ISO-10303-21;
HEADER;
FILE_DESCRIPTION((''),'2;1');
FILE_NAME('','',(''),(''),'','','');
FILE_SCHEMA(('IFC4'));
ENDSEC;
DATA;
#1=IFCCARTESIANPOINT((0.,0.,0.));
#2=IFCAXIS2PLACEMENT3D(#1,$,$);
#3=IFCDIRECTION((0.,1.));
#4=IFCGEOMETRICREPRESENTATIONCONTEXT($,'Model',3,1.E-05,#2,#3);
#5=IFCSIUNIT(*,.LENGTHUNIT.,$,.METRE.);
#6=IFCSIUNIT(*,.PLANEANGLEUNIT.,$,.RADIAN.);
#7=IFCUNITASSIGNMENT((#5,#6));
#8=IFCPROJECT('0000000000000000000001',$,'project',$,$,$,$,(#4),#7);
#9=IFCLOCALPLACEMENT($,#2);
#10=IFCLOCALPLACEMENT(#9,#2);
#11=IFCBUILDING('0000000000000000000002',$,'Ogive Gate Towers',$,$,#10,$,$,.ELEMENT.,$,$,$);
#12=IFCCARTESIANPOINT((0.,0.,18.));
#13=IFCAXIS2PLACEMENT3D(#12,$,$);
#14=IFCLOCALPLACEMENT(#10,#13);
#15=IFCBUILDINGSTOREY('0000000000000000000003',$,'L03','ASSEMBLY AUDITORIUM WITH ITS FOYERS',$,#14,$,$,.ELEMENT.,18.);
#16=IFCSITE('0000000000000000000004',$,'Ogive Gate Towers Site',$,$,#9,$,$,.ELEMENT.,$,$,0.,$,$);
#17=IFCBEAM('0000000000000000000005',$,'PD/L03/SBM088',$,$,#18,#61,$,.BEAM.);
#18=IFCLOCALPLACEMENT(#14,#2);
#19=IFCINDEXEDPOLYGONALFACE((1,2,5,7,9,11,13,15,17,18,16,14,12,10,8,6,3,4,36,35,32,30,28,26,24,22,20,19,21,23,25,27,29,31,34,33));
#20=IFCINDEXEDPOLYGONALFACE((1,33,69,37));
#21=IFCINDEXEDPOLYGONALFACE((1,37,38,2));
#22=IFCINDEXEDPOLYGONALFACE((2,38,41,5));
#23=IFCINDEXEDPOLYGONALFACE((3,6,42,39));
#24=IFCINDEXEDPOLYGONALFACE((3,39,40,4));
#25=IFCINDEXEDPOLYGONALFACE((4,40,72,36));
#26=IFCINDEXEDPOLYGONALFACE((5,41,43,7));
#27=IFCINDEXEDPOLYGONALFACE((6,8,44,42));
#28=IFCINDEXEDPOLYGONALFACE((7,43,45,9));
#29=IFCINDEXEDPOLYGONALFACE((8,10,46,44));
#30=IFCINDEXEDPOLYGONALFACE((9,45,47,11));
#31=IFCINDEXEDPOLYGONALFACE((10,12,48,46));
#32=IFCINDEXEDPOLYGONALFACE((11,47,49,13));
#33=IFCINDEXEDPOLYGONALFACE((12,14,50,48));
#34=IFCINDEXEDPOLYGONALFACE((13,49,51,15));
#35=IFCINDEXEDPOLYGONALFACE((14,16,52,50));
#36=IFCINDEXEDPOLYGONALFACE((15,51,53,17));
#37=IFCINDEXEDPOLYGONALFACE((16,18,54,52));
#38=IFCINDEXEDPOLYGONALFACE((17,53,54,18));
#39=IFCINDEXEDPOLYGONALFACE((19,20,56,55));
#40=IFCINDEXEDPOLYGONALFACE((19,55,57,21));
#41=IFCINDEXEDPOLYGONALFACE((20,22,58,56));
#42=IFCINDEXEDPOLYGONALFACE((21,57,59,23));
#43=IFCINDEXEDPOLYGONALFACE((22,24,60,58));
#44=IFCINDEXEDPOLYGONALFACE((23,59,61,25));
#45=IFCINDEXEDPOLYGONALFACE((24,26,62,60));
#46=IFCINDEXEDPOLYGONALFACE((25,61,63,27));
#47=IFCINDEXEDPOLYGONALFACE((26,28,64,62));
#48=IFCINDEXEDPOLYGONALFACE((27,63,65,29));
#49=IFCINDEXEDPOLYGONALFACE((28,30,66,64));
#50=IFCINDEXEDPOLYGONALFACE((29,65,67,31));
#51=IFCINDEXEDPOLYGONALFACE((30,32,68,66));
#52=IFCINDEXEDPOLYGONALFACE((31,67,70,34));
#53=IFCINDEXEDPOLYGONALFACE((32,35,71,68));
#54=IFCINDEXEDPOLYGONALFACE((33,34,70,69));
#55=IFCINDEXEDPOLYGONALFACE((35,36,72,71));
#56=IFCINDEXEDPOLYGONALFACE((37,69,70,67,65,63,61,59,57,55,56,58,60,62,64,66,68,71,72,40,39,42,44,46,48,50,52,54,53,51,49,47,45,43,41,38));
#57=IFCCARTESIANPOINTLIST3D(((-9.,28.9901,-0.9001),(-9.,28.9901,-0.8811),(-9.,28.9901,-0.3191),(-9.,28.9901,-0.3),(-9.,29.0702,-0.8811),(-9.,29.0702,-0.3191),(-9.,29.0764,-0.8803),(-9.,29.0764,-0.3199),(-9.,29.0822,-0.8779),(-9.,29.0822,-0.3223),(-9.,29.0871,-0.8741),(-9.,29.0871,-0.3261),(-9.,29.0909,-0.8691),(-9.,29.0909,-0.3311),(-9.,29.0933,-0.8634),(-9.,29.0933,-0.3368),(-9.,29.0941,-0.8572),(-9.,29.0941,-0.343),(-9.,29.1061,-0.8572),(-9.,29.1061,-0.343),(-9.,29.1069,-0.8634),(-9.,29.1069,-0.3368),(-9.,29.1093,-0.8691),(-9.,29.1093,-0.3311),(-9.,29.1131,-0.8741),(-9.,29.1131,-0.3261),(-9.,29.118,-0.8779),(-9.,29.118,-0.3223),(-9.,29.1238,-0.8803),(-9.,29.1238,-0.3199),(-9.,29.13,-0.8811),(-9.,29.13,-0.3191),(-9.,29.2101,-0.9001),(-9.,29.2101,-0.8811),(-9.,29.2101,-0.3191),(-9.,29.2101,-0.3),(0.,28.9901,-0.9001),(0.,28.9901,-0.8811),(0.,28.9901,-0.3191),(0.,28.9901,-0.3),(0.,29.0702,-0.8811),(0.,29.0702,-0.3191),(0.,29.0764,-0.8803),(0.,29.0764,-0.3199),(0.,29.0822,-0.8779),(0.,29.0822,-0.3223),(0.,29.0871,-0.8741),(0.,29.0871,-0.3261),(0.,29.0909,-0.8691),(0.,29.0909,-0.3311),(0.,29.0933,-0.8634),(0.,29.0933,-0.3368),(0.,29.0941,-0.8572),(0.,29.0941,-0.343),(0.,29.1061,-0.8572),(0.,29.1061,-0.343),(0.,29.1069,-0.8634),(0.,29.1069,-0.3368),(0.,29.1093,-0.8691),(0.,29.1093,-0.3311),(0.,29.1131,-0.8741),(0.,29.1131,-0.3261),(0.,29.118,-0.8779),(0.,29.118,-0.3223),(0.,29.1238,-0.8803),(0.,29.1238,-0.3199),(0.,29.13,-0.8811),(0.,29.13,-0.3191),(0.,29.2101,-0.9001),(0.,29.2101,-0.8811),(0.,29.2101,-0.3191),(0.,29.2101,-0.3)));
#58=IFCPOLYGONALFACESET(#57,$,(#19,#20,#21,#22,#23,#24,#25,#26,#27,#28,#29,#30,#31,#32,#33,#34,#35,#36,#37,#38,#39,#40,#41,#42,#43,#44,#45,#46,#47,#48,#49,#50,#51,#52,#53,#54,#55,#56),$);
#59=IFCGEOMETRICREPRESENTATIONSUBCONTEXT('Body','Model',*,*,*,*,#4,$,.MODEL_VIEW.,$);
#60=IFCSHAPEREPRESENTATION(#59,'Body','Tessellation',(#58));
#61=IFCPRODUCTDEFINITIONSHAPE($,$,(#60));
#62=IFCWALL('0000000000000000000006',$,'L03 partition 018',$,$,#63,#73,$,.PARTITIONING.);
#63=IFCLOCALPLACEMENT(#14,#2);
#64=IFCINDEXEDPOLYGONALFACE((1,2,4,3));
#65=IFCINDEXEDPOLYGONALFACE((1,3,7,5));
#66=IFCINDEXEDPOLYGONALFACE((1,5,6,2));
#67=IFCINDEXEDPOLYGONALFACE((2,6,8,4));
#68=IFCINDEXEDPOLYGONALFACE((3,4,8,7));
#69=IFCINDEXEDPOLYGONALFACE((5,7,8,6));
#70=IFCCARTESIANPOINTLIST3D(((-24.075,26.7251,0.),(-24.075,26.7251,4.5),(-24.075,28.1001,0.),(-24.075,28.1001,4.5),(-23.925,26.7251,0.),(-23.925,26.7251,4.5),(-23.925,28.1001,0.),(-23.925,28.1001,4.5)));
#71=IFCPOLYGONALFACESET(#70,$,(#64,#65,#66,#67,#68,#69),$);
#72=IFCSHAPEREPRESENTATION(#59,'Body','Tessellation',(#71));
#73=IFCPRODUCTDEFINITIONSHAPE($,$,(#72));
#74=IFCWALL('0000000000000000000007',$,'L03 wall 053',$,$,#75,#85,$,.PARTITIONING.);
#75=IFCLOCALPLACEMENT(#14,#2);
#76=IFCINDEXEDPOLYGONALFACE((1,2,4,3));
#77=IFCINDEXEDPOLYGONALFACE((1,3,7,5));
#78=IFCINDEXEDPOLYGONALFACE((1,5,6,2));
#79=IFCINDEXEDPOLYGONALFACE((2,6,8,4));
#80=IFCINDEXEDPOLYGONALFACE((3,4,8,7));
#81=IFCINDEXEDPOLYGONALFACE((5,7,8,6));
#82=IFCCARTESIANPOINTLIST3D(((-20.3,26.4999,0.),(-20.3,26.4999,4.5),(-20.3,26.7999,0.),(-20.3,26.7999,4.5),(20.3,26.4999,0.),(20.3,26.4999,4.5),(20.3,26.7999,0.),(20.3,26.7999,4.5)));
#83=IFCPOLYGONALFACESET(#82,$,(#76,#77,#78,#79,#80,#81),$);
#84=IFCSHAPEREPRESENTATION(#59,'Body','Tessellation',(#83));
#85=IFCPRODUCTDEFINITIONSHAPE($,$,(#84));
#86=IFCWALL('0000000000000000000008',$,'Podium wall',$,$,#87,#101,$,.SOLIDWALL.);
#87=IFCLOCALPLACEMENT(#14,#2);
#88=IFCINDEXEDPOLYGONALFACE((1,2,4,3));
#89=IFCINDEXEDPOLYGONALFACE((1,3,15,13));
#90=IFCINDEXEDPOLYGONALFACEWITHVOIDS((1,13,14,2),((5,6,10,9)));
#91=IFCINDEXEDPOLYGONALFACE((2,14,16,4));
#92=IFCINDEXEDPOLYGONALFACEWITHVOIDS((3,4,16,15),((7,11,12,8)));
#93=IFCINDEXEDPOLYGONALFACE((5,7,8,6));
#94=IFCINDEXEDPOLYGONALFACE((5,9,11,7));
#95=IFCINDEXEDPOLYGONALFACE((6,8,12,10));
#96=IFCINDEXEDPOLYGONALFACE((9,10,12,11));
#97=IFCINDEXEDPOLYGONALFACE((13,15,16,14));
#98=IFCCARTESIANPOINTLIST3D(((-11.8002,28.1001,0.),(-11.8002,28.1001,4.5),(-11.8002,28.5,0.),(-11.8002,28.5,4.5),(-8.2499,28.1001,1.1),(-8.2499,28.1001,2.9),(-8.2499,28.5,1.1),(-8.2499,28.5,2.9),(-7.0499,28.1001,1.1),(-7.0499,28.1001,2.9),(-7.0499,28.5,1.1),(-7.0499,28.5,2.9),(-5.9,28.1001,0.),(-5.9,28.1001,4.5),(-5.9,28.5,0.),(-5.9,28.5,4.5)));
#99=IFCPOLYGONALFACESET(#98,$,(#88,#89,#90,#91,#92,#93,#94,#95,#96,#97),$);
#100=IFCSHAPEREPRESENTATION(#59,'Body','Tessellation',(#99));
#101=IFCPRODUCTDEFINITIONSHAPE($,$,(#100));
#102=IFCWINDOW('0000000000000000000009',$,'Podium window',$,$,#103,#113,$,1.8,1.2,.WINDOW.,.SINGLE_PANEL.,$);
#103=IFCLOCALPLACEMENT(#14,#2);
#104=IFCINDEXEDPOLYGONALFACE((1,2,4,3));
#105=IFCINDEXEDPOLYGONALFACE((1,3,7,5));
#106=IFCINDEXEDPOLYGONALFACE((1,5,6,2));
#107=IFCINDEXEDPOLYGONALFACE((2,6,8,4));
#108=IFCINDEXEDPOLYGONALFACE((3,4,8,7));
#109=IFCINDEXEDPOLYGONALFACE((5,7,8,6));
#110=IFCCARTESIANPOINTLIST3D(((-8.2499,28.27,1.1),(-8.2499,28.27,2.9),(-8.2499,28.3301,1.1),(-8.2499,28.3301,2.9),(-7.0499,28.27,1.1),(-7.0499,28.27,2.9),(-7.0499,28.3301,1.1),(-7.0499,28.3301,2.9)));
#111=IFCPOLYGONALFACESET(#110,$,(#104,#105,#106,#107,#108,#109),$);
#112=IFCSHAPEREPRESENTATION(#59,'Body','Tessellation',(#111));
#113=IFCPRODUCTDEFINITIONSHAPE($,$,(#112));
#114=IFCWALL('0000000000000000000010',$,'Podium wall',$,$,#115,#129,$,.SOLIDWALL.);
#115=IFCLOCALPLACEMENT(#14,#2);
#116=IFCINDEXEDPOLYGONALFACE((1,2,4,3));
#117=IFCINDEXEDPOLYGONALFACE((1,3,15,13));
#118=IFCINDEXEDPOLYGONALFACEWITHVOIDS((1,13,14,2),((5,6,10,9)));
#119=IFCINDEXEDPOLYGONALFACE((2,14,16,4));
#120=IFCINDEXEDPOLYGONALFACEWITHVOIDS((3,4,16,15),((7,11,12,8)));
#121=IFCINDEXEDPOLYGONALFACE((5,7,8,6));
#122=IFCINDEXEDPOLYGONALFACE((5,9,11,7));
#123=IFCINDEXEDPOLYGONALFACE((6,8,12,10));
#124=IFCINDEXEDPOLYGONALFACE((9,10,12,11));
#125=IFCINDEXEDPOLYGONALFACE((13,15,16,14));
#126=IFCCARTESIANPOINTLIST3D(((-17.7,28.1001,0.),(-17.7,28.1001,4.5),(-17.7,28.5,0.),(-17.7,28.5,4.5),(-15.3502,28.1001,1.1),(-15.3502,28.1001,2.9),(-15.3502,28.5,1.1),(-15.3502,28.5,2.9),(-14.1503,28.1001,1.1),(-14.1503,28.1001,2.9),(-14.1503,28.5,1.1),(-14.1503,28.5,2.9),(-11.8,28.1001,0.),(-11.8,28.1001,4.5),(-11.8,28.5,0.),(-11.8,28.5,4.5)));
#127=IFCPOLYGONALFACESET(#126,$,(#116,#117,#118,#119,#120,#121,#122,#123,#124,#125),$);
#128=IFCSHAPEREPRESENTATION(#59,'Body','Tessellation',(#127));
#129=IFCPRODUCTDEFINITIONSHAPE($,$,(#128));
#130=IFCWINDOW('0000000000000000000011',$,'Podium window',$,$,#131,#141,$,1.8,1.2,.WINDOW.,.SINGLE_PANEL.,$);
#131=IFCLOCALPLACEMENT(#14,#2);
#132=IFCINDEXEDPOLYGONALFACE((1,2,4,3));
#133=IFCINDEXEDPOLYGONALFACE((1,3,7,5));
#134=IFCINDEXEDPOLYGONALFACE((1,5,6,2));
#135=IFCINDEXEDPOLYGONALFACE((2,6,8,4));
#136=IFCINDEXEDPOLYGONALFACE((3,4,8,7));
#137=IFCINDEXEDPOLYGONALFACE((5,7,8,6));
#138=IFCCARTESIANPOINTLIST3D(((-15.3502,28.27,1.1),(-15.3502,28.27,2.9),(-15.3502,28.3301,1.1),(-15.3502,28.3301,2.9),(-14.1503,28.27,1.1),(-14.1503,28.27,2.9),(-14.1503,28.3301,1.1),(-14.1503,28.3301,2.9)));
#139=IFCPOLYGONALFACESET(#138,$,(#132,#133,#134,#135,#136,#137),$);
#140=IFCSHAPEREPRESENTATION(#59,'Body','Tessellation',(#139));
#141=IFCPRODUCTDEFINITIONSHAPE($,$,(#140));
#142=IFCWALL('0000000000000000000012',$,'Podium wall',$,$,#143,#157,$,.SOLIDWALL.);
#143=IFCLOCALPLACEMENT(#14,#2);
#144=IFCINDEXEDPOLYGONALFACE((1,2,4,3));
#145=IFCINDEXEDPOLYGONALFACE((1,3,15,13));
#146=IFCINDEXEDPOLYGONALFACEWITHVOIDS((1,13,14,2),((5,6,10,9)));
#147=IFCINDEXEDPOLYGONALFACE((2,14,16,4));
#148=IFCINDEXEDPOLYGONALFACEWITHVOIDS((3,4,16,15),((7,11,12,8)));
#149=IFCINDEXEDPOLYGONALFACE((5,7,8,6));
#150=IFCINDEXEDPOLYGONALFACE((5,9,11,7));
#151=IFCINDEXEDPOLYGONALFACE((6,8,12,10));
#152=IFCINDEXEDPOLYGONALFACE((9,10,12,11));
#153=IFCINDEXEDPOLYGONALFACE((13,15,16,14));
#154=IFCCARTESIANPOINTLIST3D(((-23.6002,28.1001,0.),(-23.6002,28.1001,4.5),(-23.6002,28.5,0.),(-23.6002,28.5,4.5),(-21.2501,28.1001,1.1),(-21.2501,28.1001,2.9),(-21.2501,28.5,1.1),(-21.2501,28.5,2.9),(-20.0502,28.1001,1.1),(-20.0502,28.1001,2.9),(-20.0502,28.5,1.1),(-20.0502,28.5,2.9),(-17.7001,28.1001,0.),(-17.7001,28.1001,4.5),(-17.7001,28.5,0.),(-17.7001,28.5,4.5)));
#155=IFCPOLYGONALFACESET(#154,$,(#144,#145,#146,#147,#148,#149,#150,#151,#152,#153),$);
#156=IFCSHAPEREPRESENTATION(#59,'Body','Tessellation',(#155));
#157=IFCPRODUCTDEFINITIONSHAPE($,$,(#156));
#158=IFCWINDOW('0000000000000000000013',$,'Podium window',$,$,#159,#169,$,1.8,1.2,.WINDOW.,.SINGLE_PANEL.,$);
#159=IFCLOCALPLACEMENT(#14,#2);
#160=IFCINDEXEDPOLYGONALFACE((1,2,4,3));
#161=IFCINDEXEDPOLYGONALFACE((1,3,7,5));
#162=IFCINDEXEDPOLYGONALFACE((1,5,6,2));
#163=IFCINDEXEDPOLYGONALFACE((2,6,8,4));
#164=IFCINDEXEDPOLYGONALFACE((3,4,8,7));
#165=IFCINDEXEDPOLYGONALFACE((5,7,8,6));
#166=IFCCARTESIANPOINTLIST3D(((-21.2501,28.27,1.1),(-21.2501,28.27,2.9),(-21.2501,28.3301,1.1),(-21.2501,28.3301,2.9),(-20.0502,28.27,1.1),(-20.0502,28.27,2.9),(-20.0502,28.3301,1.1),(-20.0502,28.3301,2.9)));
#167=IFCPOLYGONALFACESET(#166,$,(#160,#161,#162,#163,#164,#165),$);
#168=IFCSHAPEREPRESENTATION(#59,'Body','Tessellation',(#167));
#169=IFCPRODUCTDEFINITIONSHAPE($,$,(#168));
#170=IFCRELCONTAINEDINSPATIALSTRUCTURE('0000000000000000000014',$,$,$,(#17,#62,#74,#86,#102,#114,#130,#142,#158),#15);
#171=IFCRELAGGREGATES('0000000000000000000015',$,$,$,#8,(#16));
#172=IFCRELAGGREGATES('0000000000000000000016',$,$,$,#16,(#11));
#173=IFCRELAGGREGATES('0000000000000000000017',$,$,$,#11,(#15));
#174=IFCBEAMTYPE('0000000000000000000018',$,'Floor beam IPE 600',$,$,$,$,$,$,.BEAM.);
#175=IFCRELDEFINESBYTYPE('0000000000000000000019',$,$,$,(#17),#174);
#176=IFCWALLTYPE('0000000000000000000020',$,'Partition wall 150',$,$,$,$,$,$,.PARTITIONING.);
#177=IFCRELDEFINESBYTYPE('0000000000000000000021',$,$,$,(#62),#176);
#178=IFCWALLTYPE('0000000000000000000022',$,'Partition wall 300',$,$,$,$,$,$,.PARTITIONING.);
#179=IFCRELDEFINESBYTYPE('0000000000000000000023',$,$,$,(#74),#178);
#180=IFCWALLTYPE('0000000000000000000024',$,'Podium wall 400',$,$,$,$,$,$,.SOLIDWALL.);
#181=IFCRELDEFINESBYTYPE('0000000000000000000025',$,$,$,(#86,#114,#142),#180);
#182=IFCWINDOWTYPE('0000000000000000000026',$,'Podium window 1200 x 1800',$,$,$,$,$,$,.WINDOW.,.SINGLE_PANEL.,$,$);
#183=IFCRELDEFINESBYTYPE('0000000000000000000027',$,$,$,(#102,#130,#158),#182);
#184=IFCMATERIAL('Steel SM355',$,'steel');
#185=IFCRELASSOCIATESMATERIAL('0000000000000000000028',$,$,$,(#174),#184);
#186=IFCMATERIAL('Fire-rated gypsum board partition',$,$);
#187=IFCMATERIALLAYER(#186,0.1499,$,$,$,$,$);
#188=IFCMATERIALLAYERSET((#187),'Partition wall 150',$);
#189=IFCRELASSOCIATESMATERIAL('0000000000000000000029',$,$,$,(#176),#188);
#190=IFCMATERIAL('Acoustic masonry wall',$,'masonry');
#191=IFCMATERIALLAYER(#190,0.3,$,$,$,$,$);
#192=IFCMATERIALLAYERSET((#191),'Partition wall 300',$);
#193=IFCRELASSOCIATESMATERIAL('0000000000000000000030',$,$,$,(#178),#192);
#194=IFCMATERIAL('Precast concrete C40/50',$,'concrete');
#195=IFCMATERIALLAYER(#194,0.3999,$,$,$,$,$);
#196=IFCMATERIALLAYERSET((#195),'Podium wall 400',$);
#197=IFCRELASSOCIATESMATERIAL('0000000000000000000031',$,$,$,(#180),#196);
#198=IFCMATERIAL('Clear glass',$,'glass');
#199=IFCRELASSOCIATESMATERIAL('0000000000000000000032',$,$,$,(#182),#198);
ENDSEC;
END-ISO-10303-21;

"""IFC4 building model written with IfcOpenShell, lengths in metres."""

from ifc_helpers import new_model, si_unit, direction, frame, frame_2d, origin, origin_2d, place, context, subcontext, project, spatial, rectangle, i_section, extrude, material, layer, layer_set, material_profile, profile_set, type_object, element, fill, save


model = new_model("IFC4")

# Units and contexts
model_context = context("Model", 3, precision=1e-05, world=origin(), true_north=direction((0.0, 1.0)))
body_context = subcontext(model_context, "Body", "Model", "MODEL_VIEW")
ifc_project = project(units=[si_unit("LENGTHUNIT", "METRE"), si_unit("PLANEANGLEUNIT", "RADIAN")], contexts=[model_context])

# Site, building, storey
site_placement = place(None, origin())
site = spatial("IfcSite", under=ifc_project, at=site_placement, Name="Ogive Gate Towers Site", CompositionType="ELEMENT", RefElevation=0.0)
building_placement = place(site_placement, origin())
building = spatial("IfcBuilding", under=site, at=building_placement, Name="Ogive Gate Towers", CompositionType="ELEMENT")
storey_placement = place(building_placement, frame((0.0, 0.0, 18.0)))
storey = spatial("IfcBuildingStorey", under=building, at=storey_placement, Name="L03", Description="ASSEMBLY AUDITORIUM WITH ITS FOYERS", CompositionType="ELEMENT", Elevation=18.0)

# Beam
ifc_material_1 = material(Name="Steel SM355", Category="steel")
ifc_material_profile_1 = material_profile(ifc_material_1, i_section(OverallWidth=0.22, OverallDepth=0.6001, WebThickness=0.012, FlangeThickness=0.019, FilletRadius=0.0239, at=origin_2d()), Name="IPE 600")
ifc_profile_set_1 = profile_set([ifc_material_profile_1], Name="Steel SM355")
beam_type_1 = type_object("IfcBeamType", Name="Floor beam IPE 600", PredefinedType="BEAM", material=ifc_profile_set_1)
for number, where, z_axis, x_axis, name in (
    (1, (-9.0, 29.1001, -0.6001), (1.0, 0.0, 0.0), (0.0, 1.0, 0.0), "PD/L03/SBM088"),
):
    element("IfcBeam", number, at=place(storey_placement, frame(where, z_axis=z_axis, x_axis=x_axis)), inside=storey, type_object=beam_type_1, Name=name, PredefinedType="BEAM", context=body_context, shape_type="SweptSolid", body=[
        extrude(i_section(OverallWidth=0.22, OverallDepth=0.6001, WebThickness=0.012, FlangeThickness=0.019, FilletRadius=0.0239, at=origin_2d()), origin(), (0.0, 0.0, 1.0), 9.0),
    ])

# Walls
ifc_material_2 = material(Name="Fire-rated gypsum board partition")
ifc_layer_1 = layer(ifc_material_2, 0.1499)
ifc_layer_set_1 = layer_set([ifc_layer_1], Name="Partition wall 150")
wall_type_1 = type_object("IfcWallType", Name="Partition wall 150", PredefinedType="PARTITIONING", material=ifc_layer_set_1)
wall_1_placement = place(storey_placement, frame((-24.0, 26.7251, 0.0), z_axis=(0.0, 0.0, 1.0), x_axis=(0.0, 1.0, 0.0)))
element("IfcWall", 2, at=wall_1_placement, inside=storey, type_object=wall_type_1, Name="L03 partition 018", PredefinedType="PARTITIONING", context=body_context, shape_type="SweptSolid", body=[
    extrude(rectangle(XDim=1.375, YDim=0.1499, at=frame_2d((0.6875, 0.0))), origin(), (0.0, 0.0, 1.0), 4.5),
])
ifc_material_3 = material(Name="Acoustic masonry wall", Category="masonry")
ifc_layer_2 = layer(ifc_material_3, 0.3)
ifc_layer_set_2 = layer_set([ifc_layer_2], Name="Partition wall 300")
wall_type_2 = type_object("IfcWallType", Name="Partition wall 300", PredefinedType="PARTITIONING", material=ifc_layer_set_2)
wall_2_placement = place(storey_placement, frame((-20.3, 26.6499, 0.0), z_axis=(0.0, 0.0, 1.0), x_axis=(1.0, 0.0, 0.0)))
element("IfcWall", 3, at=wall_2_placement, inside=storey, type_object=wall_type_2, Name="L03 wall 053", PredefinedType="PARTITIONING", context=body_context, shape_type="SweptSolid", body=[
    extrude(rectangle(XDim=40.6001, YDim=0.3, at=frame_2d((20.3, 0.0))), origin(), (0.0, 0.0, 1.0), 4.5),
])

# Walls, openings, windows
ifc_material_4 = material(Name="Precast concrete C40/50", Category="concrete")
ifc_layer_3 = layer(ifc_material_4, 0.3999)
ifc_layer_set_3 = layer_set([ifc_layer_3], Name="Podium wall 400")
wall_type_3 = type_object("IfcWallType", Name="Podium wall 400", PredefinedType="SOLIDWALL", material=ifc_layer_set_3)
wall_3_placement = place(storey_placement, frame((-5.8999, 28.3, 0.0), z_axis=(0.0, 0.0, 1.0), x_axis=(-1.0, 0.0, 0.0)))
wall_3 = element("IfcWall", 4, at=wall_3_placement, inside=storey, type_object=wall_type_3, Name="Podium wall", PredefinedType="SOLIDWALL", context=body_context, shape_type="SweptSolid", body=[
    extrude(rectangle(XDim=5.9001, YDim=0.3999, at=frame_2d((2.9502, 0.0))), origin(), (0.0, 0.0, 1.0), 4.5),
])
opening_1_placement = place(wall_3_placement, frame((1.1499, 0.0, 1.1001)))
opening_1 = element("IfcOpeningElement", 5, at=opening_1_placement, cuts=wall_3, PredefinedType="OPENING", context=body_context, shape_type="SweptSolid", body=[
    extrude(rectangle(XDim=1.2, YDim=1.8, at=frame_2d((0.6001, 0.8999))), frame((0.0, 0.21, 0.0), z_axis=(0.0, -1.0, 0.0), x_axis=(1.0, 0.0, 0.0)), (0.0, 0.0, 1.0), 0.4199),
])
ifc_material_5 = material(Name="Clear glass", Category="glass")
window_type = type_object("IfcWindowType", Name="Podium window 1200 x 1800", PartitioningType="SINGLE_PANEL", PredefinedType="WINDOW", material=ifc_material_5)
window_1_placement = place(opening_1_placement, origin())
window_1 = element("IfcWindow", 6, at=window_1_placement, inside=storey, type_object=window_type, Name="Podium window", OverallHeight=1.8, OverallWidth=1.2, PartitioningType="SINGLE_PANEL", PredefinedType="WINDOW", context=body_context, shape_type="SweptSolid", body=[
    extrude(rectangle(XDim=1.2, YDim=1.8, at=frame_2d((0.6001, 0.8999))), frame((0.0, 0.03, 0.0), z_axis=(0.0, -1.0, 0.0), x_axis=(1.0, 0.0, 0.0)), (0.0, 0.0, 1.0), 0.0601),
])
fill(opening_1, window_1)
wall_4_placement = place(storey_placement, frame((-11.8, 28.3, 0.0), z_axis=(0.0, 0.0, 1.0), x_axis=(-1.0, 0.0, 0.0)))
wall_4 = element("IfcWall", 7, at=wall_4_placement, inside=storey, type_object=wall_type_3, Name="Podium wall", PredefinedType="SOLIDWALL", context=body_context, shape_type="SweptSolid", body=[
    extrude(rectangle(XDim=5.8999, YDim=0.3999, at=frame_2d((2.95, 0.0))), origin(), (0.0, 0.0, 1.0), 4.5),
])
opening_2_placement = place(wall_4_placement, frame((2.3501, 0.0, 1.1001)))
opening_2 = element("IfcOpeningElement", 8, at=opening_2_placement, cuts=wall_4, PredefinedType="OPENING", context=body_context, shape_type="SweptSolid", body=[
    extrude(rectangle(XDim=1.2, YDim=1.8, at=frame_2d((0.6001, 0.8999))), frame((0.0, 0.21, 0.0), z_axis=(0.0, -1.0, 0.0), x_axis=(1.0, 0.0, 0.0)), (0.0, 0.0, 1.0), 0.4199),
])
window_2_placement = place(opening_2_placement, origin())
window_2 = element("IfcWindow", 9, at=window_2_placement, inside=storey, type_object=window_type, Name="Podium window", OverallHeight=1.8, OverallWidth=1.2, PartitioningType="SINGLE_PANEL", PredefinedType="WINDOW", context=body_context, shape_type="SweptSolid", body=[
    extrude(rectangle(XDim=1.2, YDim=1.8, at=frame_2d((0.6001, 0.8999))), frame((0.0, 0.03, 0.0), z_axis=(0.0, -1.0, 0.0), x_axis=(1.0, 0.0, 0.0)), (0.0, 0.0, 1.0), 0.0601),
])
fill(opening_2, window_2)
wall_5_placement = place(storey_placement, frame((-17.7, 28.3, 0.0), z_axis=(0.0, 0.0, 1.0), x_axis=(-1.0, 0.0, 0.0)))
wall_5 = element("IfcWall", 10, at=wall_5_placement, inside=storey, type_object=wall_type_3, Name="Podium wall", PredefinedType="SOLIDWALL", context=body_context, shape_type="SweptSolid", body=[
    extrude(rectangle(XDim=5.9001, YDim=0.3999, at=frame_2d((2.9502, 0.0))), origin(), (0.0, 0.0, 1.0), 4.5),
])
opening_3_placement = place(wall_5_placement, frame((2.3501, 0.0, 1.1001)))
opening_3 = element("IfcOpeningElement", 11, at=opening_3_placement, cuts=wall_5, PredefinedType="OPENING", context=body_context, shape_type="SweptSolid", body=[
    extrude(rectangle(XDim=1.2, YDim=1.8, at=frame_2d((0.6001, 0.8999))), frame((0.0, 0.21, 0.0), z_axis=(0.0, -1.0, 0.0), x_axis=(1.0, 0.0, 0.0)), (0.0, 0.0, 1.0), 0.4199),
])
window_3_placement = place(opening_3_placement, origin())
window_3 = element("IfcWindow", 12, at=window_3_placement, inside=storey, type_object=window_type, Name="Podium window", OverallHeight=1.8, OverallWidth=1.2, PartitioningType="SINGLE_PANEL", PredefinedType="WINDOW", context=body_context, shape_type="SweptSolid", body=[
    extrude(rectangle(XDim=1.2, YDim=1.8, at=frame_2d((0.6001, 0.8999))), frame((0.0, 0.03, 0.0), z_axis=(0.0, -1.0, 0.0), x_axis=(1.0, 0.0, 0.0)), (0.0, 0.0, 1.0), 0.0601),
])
fill(opening_3, window_3)

save(model, "model.ifc")
